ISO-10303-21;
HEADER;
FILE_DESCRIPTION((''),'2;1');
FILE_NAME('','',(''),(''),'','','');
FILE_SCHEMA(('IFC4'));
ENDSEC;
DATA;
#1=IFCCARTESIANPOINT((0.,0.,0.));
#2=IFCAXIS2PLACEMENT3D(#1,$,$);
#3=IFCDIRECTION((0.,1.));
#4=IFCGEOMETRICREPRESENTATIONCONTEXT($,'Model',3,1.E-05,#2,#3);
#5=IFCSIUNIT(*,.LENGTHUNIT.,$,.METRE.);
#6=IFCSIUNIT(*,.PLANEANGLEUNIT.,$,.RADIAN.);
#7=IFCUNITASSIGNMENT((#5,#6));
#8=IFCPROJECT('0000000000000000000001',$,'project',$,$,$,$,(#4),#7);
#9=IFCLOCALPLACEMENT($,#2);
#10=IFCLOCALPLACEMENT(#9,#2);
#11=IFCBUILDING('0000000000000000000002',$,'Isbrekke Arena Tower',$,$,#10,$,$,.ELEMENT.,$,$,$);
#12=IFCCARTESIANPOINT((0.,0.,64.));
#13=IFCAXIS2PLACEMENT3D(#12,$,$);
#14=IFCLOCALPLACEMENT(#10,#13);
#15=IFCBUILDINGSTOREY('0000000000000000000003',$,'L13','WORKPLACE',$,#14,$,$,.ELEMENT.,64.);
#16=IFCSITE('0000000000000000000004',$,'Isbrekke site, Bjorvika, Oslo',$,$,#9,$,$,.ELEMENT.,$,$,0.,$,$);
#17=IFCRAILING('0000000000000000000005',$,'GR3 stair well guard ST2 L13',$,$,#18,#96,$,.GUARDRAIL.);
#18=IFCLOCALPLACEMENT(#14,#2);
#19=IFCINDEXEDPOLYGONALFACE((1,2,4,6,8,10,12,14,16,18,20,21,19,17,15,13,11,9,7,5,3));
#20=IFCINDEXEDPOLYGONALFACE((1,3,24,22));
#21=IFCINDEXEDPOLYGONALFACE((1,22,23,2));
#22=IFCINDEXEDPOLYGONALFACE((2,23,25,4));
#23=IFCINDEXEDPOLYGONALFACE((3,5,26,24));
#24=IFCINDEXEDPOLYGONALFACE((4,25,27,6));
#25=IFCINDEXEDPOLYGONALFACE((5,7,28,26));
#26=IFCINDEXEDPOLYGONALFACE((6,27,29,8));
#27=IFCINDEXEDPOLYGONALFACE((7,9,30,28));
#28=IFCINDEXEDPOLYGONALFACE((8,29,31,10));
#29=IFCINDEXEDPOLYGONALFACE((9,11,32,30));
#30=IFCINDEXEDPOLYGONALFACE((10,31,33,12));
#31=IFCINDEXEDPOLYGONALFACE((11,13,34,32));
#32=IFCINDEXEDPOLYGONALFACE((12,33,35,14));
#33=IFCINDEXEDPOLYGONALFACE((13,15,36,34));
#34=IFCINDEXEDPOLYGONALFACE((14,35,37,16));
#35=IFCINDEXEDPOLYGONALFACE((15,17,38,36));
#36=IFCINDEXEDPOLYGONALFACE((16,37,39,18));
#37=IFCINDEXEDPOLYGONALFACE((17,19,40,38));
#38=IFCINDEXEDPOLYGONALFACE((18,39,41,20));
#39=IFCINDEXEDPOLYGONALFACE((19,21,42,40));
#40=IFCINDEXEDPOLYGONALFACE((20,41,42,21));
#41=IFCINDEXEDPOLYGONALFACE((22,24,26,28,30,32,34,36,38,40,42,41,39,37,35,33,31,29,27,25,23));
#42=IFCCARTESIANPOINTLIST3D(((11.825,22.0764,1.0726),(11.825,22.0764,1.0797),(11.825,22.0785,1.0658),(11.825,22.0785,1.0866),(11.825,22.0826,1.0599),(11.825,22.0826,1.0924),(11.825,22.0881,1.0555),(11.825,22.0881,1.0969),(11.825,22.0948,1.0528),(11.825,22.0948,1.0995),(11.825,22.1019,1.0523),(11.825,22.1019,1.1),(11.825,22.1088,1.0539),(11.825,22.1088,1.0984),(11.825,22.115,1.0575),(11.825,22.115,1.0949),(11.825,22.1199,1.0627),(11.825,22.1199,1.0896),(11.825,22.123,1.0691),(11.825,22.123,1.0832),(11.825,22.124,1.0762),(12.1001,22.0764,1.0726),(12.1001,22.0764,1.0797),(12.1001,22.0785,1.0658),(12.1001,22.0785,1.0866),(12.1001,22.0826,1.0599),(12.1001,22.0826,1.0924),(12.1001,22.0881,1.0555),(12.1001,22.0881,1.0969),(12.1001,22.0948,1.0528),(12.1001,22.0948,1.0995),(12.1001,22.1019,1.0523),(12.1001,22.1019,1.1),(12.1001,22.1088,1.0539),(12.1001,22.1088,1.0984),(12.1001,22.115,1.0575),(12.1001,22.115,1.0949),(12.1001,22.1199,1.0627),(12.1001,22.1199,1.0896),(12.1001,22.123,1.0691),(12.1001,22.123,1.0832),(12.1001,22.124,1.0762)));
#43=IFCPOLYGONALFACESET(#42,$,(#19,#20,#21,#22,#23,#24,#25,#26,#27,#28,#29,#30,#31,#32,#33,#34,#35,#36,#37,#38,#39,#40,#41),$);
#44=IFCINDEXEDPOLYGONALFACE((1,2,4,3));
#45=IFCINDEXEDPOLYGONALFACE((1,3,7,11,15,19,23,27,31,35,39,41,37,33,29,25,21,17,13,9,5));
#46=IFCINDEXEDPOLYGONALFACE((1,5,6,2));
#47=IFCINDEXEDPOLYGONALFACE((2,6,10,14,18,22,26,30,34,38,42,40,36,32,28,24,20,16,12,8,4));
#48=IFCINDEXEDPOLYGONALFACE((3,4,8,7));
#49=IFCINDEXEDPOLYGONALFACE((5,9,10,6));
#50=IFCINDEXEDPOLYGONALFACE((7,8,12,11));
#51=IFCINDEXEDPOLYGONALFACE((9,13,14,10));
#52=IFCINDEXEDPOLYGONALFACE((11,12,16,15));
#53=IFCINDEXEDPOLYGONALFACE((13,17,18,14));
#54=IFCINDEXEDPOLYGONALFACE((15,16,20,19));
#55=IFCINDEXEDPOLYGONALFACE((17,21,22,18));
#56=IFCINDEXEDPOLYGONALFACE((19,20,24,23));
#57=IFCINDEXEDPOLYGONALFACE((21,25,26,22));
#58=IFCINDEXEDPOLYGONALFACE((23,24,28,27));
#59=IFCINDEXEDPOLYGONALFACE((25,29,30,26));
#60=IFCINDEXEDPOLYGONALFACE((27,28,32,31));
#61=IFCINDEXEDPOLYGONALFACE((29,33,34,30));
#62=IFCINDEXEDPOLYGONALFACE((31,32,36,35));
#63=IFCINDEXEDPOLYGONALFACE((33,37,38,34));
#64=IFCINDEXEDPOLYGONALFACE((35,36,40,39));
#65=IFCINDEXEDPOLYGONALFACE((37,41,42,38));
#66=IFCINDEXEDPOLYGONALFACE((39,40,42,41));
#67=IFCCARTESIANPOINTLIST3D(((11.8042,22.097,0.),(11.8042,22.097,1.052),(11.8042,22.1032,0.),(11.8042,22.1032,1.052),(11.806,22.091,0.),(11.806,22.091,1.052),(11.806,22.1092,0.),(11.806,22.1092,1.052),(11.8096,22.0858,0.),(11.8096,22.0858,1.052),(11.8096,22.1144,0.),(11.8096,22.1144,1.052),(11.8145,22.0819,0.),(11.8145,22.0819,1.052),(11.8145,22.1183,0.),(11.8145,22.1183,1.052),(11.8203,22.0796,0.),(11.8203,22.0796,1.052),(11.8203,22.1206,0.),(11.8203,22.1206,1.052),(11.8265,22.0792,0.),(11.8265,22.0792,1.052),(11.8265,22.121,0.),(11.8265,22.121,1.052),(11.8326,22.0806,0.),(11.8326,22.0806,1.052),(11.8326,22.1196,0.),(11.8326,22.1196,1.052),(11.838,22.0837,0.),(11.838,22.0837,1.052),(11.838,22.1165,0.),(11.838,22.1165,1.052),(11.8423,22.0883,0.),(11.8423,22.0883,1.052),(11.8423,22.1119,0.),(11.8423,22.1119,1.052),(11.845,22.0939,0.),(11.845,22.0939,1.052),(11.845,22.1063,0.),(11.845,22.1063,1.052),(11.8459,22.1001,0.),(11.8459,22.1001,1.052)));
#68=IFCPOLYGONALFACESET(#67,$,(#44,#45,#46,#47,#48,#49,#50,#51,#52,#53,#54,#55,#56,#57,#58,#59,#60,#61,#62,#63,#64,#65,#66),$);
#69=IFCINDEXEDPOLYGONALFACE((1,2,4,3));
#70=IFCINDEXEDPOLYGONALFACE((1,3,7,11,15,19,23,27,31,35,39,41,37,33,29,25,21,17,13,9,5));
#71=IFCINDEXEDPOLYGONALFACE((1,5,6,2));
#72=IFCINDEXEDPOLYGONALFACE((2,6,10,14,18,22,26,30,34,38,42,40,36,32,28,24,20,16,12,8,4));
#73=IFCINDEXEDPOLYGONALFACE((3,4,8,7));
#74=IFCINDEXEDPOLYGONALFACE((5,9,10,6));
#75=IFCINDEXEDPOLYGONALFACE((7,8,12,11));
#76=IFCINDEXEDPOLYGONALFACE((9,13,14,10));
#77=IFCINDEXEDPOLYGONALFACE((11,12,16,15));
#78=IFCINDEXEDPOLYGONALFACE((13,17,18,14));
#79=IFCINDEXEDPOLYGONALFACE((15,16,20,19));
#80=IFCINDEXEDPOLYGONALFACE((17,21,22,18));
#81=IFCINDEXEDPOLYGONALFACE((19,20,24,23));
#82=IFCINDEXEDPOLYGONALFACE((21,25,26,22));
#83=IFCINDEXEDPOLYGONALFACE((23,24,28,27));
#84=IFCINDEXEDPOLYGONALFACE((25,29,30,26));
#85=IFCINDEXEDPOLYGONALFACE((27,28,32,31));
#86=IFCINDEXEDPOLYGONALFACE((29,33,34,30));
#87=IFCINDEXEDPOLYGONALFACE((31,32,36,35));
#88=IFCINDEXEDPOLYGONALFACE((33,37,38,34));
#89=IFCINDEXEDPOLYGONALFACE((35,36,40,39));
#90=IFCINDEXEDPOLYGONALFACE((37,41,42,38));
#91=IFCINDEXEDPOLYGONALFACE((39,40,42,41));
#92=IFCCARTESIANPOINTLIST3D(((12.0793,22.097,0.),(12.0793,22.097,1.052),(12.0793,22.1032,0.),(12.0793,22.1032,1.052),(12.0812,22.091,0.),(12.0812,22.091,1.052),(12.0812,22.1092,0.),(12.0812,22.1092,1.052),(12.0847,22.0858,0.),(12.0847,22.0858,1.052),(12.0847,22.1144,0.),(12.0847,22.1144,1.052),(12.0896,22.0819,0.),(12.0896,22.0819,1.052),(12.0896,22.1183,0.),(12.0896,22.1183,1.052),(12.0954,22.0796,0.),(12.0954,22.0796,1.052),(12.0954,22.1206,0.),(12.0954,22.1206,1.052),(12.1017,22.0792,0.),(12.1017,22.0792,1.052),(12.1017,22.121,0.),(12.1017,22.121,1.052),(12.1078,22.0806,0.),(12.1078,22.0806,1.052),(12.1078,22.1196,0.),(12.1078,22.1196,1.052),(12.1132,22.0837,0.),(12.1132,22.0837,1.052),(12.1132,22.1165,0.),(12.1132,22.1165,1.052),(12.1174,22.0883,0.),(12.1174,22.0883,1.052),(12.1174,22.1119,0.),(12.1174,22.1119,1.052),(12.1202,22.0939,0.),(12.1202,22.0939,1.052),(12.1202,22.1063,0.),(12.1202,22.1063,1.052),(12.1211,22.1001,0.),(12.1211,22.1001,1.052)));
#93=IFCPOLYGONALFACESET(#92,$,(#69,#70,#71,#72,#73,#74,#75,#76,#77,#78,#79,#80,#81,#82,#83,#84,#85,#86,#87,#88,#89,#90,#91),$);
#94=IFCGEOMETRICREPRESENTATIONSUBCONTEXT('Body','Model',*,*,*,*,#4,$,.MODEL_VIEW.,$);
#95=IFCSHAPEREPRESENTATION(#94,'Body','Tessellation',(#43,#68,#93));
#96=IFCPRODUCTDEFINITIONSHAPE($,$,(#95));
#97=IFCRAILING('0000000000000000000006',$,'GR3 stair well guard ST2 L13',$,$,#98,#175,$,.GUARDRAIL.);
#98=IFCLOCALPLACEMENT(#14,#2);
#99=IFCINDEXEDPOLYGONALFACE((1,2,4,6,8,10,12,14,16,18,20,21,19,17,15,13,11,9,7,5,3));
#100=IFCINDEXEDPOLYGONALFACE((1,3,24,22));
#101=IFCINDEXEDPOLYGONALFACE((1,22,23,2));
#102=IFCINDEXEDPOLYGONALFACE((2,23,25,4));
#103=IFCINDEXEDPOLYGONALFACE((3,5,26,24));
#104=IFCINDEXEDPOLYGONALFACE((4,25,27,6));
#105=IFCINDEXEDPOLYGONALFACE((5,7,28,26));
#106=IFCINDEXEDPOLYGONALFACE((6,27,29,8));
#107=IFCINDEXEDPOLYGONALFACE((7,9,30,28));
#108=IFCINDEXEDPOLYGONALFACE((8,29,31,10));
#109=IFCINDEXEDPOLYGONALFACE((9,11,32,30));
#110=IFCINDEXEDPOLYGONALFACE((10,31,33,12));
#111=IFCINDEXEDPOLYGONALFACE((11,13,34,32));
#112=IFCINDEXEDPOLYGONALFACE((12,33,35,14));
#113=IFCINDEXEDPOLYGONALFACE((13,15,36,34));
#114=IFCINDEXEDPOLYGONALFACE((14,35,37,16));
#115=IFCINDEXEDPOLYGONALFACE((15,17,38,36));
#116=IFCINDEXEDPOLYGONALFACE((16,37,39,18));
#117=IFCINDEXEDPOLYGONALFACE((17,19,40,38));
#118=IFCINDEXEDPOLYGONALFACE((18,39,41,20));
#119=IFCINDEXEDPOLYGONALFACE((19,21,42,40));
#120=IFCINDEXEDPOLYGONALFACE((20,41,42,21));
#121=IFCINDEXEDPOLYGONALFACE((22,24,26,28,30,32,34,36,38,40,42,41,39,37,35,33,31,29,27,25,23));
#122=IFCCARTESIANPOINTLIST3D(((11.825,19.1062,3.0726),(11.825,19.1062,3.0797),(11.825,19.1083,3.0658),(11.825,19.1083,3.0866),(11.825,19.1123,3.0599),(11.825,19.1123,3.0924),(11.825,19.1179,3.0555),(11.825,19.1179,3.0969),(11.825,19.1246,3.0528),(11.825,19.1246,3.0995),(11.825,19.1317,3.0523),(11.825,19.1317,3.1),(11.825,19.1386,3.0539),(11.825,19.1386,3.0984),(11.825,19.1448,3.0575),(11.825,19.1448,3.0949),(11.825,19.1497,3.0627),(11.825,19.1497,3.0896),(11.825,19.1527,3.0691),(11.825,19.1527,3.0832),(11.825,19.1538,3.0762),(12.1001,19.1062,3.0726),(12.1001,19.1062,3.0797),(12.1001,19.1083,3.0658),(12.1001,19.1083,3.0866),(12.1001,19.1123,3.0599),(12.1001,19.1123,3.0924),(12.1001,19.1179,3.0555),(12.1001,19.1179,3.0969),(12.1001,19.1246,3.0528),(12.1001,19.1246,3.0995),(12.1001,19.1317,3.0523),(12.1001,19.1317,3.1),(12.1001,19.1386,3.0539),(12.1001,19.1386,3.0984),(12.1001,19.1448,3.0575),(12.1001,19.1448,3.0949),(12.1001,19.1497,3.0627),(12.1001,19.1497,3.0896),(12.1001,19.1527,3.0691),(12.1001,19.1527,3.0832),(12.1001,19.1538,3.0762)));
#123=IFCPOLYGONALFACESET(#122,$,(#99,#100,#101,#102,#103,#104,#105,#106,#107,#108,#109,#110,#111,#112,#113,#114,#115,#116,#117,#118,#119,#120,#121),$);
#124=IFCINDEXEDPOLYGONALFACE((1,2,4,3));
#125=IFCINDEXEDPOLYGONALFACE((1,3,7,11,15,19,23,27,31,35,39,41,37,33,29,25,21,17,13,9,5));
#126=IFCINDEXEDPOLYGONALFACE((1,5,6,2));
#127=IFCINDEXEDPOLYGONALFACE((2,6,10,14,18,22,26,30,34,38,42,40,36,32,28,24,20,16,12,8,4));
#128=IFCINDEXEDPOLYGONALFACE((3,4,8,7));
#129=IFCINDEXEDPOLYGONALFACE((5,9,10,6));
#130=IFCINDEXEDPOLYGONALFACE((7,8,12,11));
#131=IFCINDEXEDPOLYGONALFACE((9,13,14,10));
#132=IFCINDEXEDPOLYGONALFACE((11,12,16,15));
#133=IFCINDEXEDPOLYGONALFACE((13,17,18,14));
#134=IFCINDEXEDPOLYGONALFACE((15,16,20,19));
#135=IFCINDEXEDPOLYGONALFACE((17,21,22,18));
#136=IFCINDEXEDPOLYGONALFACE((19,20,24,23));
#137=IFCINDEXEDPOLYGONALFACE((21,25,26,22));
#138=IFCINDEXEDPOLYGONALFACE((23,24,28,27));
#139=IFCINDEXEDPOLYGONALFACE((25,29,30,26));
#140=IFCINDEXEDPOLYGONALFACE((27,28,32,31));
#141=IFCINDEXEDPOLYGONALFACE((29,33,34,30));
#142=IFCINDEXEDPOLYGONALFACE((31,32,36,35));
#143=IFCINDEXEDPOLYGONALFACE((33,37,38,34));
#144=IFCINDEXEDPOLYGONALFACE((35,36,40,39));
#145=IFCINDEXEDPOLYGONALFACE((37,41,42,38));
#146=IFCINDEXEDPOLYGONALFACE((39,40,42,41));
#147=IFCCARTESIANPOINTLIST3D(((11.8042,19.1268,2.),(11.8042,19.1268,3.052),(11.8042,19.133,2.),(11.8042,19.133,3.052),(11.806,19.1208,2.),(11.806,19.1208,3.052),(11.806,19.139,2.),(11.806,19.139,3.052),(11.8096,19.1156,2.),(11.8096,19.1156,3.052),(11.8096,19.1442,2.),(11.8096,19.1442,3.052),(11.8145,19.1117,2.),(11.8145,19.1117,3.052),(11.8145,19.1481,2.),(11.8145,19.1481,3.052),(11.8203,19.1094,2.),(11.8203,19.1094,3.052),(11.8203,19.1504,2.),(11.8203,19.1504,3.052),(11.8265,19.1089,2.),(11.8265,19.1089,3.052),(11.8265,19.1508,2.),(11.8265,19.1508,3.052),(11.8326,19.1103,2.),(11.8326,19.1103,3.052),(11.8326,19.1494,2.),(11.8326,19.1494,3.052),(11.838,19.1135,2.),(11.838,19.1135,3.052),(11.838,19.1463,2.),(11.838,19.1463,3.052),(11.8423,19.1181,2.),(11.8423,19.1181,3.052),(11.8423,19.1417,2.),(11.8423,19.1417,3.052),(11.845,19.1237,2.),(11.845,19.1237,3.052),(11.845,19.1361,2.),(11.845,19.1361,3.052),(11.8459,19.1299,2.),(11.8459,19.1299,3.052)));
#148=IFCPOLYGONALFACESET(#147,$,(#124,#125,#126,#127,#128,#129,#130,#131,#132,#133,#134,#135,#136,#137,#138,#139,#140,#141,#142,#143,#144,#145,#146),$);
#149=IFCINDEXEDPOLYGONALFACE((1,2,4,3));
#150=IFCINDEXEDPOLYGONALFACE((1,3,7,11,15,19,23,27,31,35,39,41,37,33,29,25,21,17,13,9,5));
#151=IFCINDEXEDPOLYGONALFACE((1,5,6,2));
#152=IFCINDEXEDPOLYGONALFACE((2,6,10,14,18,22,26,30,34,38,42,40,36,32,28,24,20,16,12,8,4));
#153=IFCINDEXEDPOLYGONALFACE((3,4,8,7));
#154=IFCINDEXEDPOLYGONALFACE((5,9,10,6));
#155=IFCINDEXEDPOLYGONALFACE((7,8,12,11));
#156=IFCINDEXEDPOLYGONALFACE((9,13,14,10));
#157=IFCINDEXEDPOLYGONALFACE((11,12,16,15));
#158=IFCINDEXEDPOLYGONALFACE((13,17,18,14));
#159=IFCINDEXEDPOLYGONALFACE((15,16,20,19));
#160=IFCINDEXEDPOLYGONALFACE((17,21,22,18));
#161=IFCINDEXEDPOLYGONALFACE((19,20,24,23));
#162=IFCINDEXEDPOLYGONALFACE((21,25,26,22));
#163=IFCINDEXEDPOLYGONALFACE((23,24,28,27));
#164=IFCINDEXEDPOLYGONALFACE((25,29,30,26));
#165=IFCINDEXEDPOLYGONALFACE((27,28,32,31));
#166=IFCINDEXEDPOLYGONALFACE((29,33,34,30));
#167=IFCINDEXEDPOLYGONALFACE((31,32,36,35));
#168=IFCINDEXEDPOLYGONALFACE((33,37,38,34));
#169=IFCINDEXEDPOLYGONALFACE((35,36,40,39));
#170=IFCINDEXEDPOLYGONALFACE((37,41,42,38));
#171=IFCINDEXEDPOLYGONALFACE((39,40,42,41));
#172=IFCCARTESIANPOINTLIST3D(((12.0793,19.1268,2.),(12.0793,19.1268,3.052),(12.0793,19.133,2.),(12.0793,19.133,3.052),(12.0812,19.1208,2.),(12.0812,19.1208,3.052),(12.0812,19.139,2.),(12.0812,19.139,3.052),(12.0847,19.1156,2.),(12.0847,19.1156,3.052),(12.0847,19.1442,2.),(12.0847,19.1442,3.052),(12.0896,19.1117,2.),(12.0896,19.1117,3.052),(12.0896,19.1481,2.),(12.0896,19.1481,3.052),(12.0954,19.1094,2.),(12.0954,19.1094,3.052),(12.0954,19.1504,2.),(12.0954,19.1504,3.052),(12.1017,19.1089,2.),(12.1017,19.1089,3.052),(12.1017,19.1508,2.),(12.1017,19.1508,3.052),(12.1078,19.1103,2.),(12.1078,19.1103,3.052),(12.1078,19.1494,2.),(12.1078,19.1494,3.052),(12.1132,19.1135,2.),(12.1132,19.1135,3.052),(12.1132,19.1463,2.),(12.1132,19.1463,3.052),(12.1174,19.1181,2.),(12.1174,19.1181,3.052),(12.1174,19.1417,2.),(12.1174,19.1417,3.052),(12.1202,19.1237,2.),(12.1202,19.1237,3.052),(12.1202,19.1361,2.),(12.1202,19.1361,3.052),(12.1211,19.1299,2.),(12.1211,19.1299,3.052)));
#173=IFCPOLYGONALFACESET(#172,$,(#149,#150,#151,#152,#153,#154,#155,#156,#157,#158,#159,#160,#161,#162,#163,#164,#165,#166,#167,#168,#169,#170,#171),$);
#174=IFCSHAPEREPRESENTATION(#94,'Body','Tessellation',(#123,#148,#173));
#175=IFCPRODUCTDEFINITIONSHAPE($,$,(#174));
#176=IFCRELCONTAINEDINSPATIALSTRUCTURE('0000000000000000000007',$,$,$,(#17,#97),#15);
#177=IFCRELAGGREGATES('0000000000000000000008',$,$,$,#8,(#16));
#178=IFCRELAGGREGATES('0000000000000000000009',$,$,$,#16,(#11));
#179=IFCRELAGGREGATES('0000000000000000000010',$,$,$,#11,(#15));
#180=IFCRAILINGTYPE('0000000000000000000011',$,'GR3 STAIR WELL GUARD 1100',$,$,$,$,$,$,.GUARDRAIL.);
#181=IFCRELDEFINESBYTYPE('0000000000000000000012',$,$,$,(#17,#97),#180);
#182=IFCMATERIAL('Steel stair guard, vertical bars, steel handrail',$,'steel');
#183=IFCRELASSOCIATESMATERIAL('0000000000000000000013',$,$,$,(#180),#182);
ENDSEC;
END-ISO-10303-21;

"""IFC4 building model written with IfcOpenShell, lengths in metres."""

from ifc_helpers import new_model, si_unit, direction, frame, origin, origin_2d, place, context, subcontext, project, spatial, circle, extrude, material, type_object, element, save


model = new_model("IFC4")

# Units and contexts
model_context = context("Model", 3, precision=1e-05, world=origin(), true_north=direction((0.0, 1.0)))
body_context = subcontext(model_context, "Body", "Model", "MODEL_VIEW")
ifc_project = project(units=[si_unit("LENGTHUNIT", "METRE"), si_unit("PLANEANGLEUNIT", "RADIAN")], contexts=[model_context])

# Site, building, storey
site_placement = place(None, origin())
site = spatial("IfcSite", under=ifc_project, at=site_placement, Name="Isbrekke site, Bjorvika, Oslo", CompositionType="ELEMENT", RefElevation=0.0)
building_placement = place(site_placement, origin())
building = spatial("IfcBuilding", under=site, at=building_placement, Name="Isbrekke Arena Tower", CompositionType="ELEMENT")
storey_placement = place(building_placement, frame((0.0, 0.0, 64.0)))
storey = spatial("IfcBuildingStorey", under=building, at=storey_placement, Name="L13", Description="WORKPLACE", CompositionType="ELEMENT", Elevation=64.0)

# Railings
ifc_material_1 = material(Name="Steel stair guard, vertical bars, steel handrail", Category="steel")
railing_type = type_object("IfcRailingType", Name="GR3 STAIR WELL GUARD 1100", PredefinedType="GUARDRAIL", material=ifc_material_1)
for number, where, name in (
    (1, (11.825, 22.1001, 0.0), "GR3 stair well guard ST2 L13"),
    (2, (11.825, 19.1299, 2.0), "GR3 stair well guard ST2 L13"),
):
    element("IfcRailing", number, at=place(storey_placement, frame(where)), inside=storey, type_object=railing_type, Name=name, PredefinedType="GUARDRAIL", context=body_context, shape_type="SweptSolid", body=[
        extrude(circle(Radius=0.0239, at=origin_2d()), frame((0.0, 0.0, 1.0762), z_axis=(1.0, 0.0, 0.0), x_axis=(0.0, 1.0, 0.0)), (0.0, 0.0, 1.0), 0.2751),
        extrude(circle(Radius=0.021, at=origin_2d()), origin(), (0.0, 0.0, 1.0), 1.052),
        extrude(circle(Radius=0.021, at=origin_2d()), frame((0.2751, 0.0, 0.0)), (0.0, 0.0, 1.0), 1.052),
    ])

save(model, "model.ifc")
